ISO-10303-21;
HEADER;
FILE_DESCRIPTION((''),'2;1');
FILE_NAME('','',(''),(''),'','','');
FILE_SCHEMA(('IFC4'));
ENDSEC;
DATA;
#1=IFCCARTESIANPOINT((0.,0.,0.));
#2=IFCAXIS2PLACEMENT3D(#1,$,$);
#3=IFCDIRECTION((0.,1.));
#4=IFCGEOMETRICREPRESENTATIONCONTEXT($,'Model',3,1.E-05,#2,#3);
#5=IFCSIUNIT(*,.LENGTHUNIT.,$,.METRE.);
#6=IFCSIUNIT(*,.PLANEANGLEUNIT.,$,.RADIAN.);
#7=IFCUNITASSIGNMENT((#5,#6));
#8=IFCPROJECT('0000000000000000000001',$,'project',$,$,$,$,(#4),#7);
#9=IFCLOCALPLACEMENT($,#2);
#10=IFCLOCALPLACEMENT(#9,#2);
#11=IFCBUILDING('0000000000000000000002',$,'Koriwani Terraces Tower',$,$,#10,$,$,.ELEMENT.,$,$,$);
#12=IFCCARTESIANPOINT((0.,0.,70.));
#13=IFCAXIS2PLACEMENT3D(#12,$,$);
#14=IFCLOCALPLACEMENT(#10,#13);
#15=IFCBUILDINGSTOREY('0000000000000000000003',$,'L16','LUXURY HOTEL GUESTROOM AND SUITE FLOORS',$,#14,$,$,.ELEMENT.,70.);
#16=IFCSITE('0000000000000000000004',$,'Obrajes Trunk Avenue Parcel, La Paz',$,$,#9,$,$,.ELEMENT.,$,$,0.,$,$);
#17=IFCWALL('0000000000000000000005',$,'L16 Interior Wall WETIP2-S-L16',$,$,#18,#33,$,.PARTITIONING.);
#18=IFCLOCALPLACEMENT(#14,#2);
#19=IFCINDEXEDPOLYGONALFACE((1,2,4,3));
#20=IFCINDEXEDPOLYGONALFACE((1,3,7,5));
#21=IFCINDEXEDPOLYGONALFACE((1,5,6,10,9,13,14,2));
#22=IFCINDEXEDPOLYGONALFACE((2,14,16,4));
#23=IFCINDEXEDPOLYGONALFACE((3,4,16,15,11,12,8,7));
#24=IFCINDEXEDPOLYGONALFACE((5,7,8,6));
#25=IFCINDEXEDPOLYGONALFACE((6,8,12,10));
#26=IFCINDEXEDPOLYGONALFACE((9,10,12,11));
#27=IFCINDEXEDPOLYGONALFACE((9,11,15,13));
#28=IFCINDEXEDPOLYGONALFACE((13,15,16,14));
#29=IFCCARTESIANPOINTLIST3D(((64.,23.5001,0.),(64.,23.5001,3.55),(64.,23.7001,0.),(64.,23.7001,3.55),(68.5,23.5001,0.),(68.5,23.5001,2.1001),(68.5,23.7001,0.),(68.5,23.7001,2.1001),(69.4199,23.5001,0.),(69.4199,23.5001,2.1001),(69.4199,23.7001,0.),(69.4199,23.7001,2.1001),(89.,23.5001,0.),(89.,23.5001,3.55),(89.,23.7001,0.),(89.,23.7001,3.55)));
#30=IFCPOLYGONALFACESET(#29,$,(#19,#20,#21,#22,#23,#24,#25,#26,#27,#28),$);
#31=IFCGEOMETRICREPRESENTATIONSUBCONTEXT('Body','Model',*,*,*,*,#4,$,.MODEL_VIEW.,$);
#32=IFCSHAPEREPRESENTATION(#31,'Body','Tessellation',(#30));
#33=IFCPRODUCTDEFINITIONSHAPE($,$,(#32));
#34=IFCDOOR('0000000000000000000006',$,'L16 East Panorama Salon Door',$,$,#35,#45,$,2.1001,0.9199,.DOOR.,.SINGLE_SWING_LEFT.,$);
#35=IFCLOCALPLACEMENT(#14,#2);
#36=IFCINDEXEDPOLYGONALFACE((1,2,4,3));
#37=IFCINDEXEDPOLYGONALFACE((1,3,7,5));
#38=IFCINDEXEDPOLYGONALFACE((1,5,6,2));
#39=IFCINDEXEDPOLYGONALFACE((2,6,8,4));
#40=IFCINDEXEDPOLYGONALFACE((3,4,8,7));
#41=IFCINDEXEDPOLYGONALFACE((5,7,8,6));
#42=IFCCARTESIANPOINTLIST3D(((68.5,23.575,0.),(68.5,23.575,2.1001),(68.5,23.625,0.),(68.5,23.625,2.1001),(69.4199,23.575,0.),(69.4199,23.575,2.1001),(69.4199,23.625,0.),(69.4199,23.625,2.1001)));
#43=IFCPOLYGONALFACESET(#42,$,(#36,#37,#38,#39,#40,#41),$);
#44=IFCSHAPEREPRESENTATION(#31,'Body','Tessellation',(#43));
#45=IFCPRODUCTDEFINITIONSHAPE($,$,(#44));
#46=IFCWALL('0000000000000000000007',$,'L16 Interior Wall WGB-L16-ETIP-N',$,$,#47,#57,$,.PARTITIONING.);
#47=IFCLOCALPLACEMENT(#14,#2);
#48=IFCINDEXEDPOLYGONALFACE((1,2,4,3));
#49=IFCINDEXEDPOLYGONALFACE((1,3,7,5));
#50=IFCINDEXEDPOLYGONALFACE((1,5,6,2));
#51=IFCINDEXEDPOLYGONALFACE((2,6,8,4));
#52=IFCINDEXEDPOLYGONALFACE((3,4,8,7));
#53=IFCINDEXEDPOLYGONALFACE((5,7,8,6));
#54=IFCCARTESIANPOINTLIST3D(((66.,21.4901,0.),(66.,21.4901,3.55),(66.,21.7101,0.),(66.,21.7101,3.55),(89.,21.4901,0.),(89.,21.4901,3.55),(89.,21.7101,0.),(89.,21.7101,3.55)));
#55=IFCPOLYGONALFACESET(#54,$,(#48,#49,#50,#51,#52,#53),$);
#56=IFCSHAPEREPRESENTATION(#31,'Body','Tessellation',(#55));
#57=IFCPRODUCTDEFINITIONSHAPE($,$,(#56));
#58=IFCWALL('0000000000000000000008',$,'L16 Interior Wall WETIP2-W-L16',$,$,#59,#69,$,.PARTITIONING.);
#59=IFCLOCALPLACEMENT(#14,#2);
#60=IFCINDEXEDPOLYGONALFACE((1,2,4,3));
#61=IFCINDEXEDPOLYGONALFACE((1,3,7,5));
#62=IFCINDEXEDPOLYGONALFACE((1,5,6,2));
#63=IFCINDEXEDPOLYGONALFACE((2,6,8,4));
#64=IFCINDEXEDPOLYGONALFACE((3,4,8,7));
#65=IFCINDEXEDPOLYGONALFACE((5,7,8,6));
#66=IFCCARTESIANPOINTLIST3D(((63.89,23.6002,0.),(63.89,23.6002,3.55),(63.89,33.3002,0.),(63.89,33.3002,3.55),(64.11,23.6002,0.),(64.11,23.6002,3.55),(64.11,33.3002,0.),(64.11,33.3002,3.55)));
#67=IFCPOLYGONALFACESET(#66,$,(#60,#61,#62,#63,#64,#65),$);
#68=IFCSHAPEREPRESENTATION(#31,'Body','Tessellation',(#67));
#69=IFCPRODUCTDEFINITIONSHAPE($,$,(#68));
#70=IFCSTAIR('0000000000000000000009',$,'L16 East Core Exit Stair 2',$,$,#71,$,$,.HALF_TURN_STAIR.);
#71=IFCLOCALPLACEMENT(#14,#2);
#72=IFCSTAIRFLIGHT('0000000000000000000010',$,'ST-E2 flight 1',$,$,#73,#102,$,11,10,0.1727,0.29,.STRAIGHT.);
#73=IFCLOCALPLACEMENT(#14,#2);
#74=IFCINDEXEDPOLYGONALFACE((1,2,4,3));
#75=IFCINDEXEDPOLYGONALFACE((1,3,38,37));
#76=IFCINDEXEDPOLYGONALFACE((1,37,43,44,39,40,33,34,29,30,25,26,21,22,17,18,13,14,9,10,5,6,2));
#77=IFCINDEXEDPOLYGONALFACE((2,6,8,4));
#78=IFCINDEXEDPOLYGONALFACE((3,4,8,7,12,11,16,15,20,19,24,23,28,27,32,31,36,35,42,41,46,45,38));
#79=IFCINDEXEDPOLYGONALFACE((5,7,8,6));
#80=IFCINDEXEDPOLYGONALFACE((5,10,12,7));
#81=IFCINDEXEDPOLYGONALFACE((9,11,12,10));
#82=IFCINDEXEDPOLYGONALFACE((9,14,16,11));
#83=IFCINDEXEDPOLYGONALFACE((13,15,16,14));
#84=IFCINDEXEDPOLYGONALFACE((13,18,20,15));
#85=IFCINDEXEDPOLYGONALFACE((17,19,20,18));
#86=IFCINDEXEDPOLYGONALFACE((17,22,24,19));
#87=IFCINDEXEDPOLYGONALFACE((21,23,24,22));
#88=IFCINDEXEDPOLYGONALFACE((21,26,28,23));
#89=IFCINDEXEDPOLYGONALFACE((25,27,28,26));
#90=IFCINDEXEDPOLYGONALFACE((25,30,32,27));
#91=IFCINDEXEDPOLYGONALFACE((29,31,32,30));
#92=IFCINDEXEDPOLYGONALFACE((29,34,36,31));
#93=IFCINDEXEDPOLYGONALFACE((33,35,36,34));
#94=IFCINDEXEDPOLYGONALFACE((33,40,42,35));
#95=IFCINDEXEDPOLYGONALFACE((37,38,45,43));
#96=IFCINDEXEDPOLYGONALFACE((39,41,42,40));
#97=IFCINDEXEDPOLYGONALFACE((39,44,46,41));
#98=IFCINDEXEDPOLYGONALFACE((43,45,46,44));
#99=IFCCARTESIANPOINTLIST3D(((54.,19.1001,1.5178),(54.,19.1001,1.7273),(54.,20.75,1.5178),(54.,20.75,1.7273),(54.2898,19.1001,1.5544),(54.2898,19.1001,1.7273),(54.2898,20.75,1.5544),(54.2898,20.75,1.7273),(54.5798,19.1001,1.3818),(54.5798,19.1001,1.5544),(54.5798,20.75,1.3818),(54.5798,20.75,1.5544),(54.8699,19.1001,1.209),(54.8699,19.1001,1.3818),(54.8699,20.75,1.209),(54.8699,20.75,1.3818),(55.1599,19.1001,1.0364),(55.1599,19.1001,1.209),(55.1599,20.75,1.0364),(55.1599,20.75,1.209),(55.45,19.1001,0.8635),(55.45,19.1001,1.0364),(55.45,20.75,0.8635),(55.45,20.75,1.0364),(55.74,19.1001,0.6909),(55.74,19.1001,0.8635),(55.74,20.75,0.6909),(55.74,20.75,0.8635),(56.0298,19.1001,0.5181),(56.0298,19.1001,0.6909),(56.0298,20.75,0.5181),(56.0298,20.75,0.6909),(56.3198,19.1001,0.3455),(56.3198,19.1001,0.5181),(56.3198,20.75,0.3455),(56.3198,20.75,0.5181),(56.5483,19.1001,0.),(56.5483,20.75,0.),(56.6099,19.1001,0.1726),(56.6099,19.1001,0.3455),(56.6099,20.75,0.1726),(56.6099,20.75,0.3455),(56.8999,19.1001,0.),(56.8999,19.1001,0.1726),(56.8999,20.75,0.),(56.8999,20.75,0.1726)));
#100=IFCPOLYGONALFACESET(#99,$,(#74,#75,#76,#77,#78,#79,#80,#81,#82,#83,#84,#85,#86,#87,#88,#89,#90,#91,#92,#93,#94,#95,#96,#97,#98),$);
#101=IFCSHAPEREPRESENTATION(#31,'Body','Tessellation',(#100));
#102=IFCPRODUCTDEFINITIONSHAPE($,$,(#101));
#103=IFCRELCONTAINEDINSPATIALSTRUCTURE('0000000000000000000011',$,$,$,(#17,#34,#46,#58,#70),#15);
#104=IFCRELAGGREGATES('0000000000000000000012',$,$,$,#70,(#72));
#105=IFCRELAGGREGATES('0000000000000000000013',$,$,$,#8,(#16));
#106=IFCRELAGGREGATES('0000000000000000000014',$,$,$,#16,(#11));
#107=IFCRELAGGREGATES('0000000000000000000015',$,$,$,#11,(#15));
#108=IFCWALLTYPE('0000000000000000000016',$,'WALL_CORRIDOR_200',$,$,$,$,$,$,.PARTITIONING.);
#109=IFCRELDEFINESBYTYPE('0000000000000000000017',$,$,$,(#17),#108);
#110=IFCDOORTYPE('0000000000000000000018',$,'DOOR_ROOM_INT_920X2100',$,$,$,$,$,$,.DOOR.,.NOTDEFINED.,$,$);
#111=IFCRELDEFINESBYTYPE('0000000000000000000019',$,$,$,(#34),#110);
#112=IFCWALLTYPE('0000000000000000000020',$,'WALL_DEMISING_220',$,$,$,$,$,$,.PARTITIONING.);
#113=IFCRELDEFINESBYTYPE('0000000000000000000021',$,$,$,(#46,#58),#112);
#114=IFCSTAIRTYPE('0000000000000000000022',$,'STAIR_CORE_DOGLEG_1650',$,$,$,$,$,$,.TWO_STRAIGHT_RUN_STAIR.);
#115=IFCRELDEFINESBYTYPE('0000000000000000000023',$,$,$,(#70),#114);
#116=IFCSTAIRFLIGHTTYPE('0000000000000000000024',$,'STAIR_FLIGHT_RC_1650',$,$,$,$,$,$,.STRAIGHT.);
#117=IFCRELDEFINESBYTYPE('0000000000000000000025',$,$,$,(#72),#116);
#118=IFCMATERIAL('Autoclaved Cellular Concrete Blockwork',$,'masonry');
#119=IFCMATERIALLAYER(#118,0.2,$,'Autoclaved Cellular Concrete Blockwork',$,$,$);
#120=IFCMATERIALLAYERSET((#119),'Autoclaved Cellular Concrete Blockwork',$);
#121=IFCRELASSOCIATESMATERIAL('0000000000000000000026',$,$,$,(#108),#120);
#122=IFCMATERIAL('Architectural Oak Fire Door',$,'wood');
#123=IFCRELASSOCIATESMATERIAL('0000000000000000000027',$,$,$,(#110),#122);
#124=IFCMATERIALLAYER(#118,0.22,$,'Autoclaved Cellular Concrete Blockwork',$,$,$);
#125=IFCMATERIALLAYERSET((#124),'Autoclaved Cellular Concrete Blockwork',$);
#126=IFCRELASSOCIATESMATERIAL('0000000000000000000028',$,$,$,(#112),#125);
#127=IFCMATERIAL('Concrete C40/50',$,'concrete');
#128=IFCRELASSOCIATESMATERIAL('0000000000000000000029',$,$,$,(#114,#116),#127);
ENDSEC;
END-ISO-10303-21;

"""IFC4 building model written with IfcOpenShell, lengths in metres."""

from ifc_helpers import new_model, si_unit, direction, frame, frame_2d, origin, place, context, subcontext, project, spatial, polyline, rectangle, outline, extrude, material, layer, layer_set, type_object, element, fill, aggregate, save


model = new_model("IFC4")

# Units and contexts
model_context = context("Model", 3, precision=1e-05, world=origin(), true_north=direction((0.0, 1.0)))
body_context = subcontext(model_context, "Body", "Model", "MODEL_VIEW")
ifc_project = project(units=[si_unit("LENGTHUNIT", "METRE"), si_unit("PLANEANGLEUNIT", "RADIAN")], contexts=[model_context])

# Site, building, storey
site_placement = place(None, origin())
site = spatial("IfcSite", under=ifc_project, at=site_placement, Name="Obrajes Trunk Avenue Parcel, La Paz", CompositionType="ELEMENT", RefElevation=0.0)
building_placement = place(site_placement, origin())
building = spatial("IfcBuilding", under=site, at=building_placement, Name="Koriwani Terraces Tower", CompositionType="ELEMENT")
storey_placement = place(building_placement, frame((0.0, 0.0, 70.0)))
storey = spatial("IfcBuildingStorey", under=building, at=storey_placement, Name="L16", Description="LUXURY HOTEL GUESTROOM AND SUITE FLOORS", CompositionType="ELEMENT", Elevation=70.0)

# Wall, opening, door
ifc_material_1 = material(Name="Autoclaved Cellular Concrete Blockwork", Category="masonry")
ifc_layer_1 = layer(ifc_material_1, 0.2, Name="Autoclaved Cellular Concrete Blockwork")
ifc_layer_set_1 = layer_set([ifc_layer_1], Name="Autoclaved Cellular Concrete Blockwork")
wall_type_1 = type_object("IfcWallType", Name="WALL_CORRIDOR_200", PredefinedType="PARTITIONING", material=ifc_layer_set_1)
wall_1_placement = place(storey_placement, frame((64.0, 23.6001, 0.0), z_axis=(0.0, 0.0, 1.0), x_axis=(1.0, 0.0, 0.0)))
wall_1 = element("IfcWall", 1, at=wall_1_placement, inside=storey, type_object=wall_type_1, Name="L16 Interior Wall WETIP2-S-L16", PredefinedType="PARTITIONING", context=body_context, shape_type="SweptSolid", body=[
    extrude(rectangle(XDim=25.0, YDim=0.2, at=frame_2d((12.5, 0.0))), origin(), (0.0, 0.0, 1.0), 3.55),
])
opening_1_placement = place(wall_1_placement, frame((4.5, 0.0, 0.0)))
opening_1 = element("IfcOpeningElement", 2, at=opening_1_placement, cuts=wall_1, PredefinedType="OPENING", context=body_context, shape_type="SweptSolid", body=[
    extrude(rectangle(XDim=0.9199, YDim=2.1001, at=frame_2d((0.46, 1.05))), frame((0.0, 0.1099, 0.0), z_axis=(0.0, -1.0, 0.0), x_axis=(1.0, 0.0, 0.0)), (0.0, 0.0, 1.0), 0.22),
])
ifc_material_2 = material(Name="Architectural Oak Fire Door", Category="wood")
door_type_1 = type_object("IfcDoorType", Name="DOOR_ROOM_INT_920X2100", OperationType="NOTDEFINED", PredefinedType="DOOR", material=ifc_material_2)
door_1_placement = place(opening_1_placement, origin())
door_1 = element("IfcDoor", 3, at=door_1_placement, inside=storey, type_object=door_type_1, Name="L16 East Panorama Salon Door", OperationType="SINGLE_SWING_LEFT", OverallHeight=2.1001, OverallWidth=0.9199, PredefinedType="DOOR", context=body_context, shape_type="SweptSolid", body=[
    extrude(rectangle(XDim=0.9199, YDim=2.1001, at=frame_2d((0.46, 1.05))), frame((0.0, 0.0249, 0.0), z_axis=(0.0, -1.0, 0.0), x_axis=(1.0, 0.0, 0.0)), (0.0, 0.0, 1.0), 0.05),
])
fill(opening_1, door_1)

# Walls
ifc_layer_2 = layer(ifc_material_1, 0.22, Name="Autoclaved Cellular Concrete Blockwork")
ifc_layer_set_2 = layer_set([ifc_layer_2], Name="Autoclaved Cellular Concrete Blockwork")
wall_type_2 = type_object("IfcWallType", Name="WALL_DEMISING_220", PredefinedType="PARTITIONING", material=ifc_layer_set_2)
wall_2_placement = place(storey_placement, frame((66.0, 21.6001, 0.0), z_axis=(0.0, 0.0, 1.0), x_axis=(1.0, 0.0, 0.0)))
element("IfcWall", 4, at=wall_2_placement, inside=storey, type_object=wall_type_2, Name="L16 Interior Wall WGB-L16-ETIP-N", PredefinedType="PARTITIONING", context=body_context, shape_type="SweptSolid", body=[
    extrude(rectangle(XDim=23.0, YDim=0.22, at=frame_2d((11.5, 0.0))), origin(), (0.0, 0.0, 1.0), 3.55),
])
wall_3_placement = place(storey_placement, frame((64.0, 23.6001, 0.0), z_axis=(0.0, 0.0, 1.0), x_axis=(0.0, 1.0, 0.0)))
element("IfcWall", 5, at=wall_3_placement, inside=storey, type_object=wall_type_2, Name="L16 Interior Wall WETIP2-W-L16", PredefinedType="PARTITIONING", context=body_context, shape_type="SweptSolid", body=[
    extrude(rectangle(XDim=9.7, YDim=0.22, at=frame_2d((4.8501, 0.0))), origin(), (0.0, 0.0, 1.0), 3.55),
])

# Shared definitions
ifc_material_3 = material(Name="Concrete C40/50", Category="concrete")

# Stair, stair flight
stair_type = type_object("IfcStairType", Name="STAIR_CORE_DOGLEG_1650", PredefinedType="TWO_STRAIGHT_RUN_STAIR", material=ifc_material_3)
stair_placement = place(storey_placement, origin())
stair = element("IfcStair", 6, at=stair_placement, inside=storey, type_object=stair_type, Name="L16 East Core Exit Stair 2", PredefinedType="HALF_TURN_STAIR")
stair_flight_type = type_object("IfcStairFlightType", Name="STAIR_FLIGHT_RC_1650", PredefinedType="STRAIGHT", material=ifc_material_3)
stair_flight_placement = place(storey_placement, frame((56.8999, 19.925, 0.0), z_axis=(0.0, 0.0, 1.0), x_axis=(-1.0, 0.0, 0.0)))
stair_flight = element("IfcStairFlight", 7, at=stair_flight_placement, type_object=stair_flight_type, Name="ST-E2 flight 1", NumberOfRisers=11, NumberOfTreads=10, PredefinedType="STRAIGHT", RiserHeight=0.1727, TreadLength=0.29, context=body_context, shape_type="SweptSolid", body=[
    extrude(outline(polyline([(0.0, 0.0), (0.0, 0.1726), (0.29, 0.1726), (0.29, 0.3455), (0.5801, 0.3455), (0.5801, 0.5181), (0.8701, 0.5181), (0.8701, 0.6909), (1.1599, 0.6909), (1.1599, 0.8635), (1.45, 0.8635), (1.45, 1.0364), (1.74, 1.0364), (1.74, 1.209), (2.03, 1.209), (2.03, 1.3818), (2.3201, 1.3818), (2.3201, 1.5544), (2.6101, 1.5544), (2.6101, 1.7273), (2.8999, 1.7273), (2.8999, 1.8999), (2.8999, 1.5178), (0.3516, 0.0), (0.0, 0.0)])), frame((0.0, 0.825, 0.0), z_axis=(0.0, -1.0, 0.0), x_axis=(1.0, 0.0, 0.0)), (0.0, 0.0, 1.0), 1.6499),
])
aggregate(stair, [stair_flight])

save(model, "model.ifc")
